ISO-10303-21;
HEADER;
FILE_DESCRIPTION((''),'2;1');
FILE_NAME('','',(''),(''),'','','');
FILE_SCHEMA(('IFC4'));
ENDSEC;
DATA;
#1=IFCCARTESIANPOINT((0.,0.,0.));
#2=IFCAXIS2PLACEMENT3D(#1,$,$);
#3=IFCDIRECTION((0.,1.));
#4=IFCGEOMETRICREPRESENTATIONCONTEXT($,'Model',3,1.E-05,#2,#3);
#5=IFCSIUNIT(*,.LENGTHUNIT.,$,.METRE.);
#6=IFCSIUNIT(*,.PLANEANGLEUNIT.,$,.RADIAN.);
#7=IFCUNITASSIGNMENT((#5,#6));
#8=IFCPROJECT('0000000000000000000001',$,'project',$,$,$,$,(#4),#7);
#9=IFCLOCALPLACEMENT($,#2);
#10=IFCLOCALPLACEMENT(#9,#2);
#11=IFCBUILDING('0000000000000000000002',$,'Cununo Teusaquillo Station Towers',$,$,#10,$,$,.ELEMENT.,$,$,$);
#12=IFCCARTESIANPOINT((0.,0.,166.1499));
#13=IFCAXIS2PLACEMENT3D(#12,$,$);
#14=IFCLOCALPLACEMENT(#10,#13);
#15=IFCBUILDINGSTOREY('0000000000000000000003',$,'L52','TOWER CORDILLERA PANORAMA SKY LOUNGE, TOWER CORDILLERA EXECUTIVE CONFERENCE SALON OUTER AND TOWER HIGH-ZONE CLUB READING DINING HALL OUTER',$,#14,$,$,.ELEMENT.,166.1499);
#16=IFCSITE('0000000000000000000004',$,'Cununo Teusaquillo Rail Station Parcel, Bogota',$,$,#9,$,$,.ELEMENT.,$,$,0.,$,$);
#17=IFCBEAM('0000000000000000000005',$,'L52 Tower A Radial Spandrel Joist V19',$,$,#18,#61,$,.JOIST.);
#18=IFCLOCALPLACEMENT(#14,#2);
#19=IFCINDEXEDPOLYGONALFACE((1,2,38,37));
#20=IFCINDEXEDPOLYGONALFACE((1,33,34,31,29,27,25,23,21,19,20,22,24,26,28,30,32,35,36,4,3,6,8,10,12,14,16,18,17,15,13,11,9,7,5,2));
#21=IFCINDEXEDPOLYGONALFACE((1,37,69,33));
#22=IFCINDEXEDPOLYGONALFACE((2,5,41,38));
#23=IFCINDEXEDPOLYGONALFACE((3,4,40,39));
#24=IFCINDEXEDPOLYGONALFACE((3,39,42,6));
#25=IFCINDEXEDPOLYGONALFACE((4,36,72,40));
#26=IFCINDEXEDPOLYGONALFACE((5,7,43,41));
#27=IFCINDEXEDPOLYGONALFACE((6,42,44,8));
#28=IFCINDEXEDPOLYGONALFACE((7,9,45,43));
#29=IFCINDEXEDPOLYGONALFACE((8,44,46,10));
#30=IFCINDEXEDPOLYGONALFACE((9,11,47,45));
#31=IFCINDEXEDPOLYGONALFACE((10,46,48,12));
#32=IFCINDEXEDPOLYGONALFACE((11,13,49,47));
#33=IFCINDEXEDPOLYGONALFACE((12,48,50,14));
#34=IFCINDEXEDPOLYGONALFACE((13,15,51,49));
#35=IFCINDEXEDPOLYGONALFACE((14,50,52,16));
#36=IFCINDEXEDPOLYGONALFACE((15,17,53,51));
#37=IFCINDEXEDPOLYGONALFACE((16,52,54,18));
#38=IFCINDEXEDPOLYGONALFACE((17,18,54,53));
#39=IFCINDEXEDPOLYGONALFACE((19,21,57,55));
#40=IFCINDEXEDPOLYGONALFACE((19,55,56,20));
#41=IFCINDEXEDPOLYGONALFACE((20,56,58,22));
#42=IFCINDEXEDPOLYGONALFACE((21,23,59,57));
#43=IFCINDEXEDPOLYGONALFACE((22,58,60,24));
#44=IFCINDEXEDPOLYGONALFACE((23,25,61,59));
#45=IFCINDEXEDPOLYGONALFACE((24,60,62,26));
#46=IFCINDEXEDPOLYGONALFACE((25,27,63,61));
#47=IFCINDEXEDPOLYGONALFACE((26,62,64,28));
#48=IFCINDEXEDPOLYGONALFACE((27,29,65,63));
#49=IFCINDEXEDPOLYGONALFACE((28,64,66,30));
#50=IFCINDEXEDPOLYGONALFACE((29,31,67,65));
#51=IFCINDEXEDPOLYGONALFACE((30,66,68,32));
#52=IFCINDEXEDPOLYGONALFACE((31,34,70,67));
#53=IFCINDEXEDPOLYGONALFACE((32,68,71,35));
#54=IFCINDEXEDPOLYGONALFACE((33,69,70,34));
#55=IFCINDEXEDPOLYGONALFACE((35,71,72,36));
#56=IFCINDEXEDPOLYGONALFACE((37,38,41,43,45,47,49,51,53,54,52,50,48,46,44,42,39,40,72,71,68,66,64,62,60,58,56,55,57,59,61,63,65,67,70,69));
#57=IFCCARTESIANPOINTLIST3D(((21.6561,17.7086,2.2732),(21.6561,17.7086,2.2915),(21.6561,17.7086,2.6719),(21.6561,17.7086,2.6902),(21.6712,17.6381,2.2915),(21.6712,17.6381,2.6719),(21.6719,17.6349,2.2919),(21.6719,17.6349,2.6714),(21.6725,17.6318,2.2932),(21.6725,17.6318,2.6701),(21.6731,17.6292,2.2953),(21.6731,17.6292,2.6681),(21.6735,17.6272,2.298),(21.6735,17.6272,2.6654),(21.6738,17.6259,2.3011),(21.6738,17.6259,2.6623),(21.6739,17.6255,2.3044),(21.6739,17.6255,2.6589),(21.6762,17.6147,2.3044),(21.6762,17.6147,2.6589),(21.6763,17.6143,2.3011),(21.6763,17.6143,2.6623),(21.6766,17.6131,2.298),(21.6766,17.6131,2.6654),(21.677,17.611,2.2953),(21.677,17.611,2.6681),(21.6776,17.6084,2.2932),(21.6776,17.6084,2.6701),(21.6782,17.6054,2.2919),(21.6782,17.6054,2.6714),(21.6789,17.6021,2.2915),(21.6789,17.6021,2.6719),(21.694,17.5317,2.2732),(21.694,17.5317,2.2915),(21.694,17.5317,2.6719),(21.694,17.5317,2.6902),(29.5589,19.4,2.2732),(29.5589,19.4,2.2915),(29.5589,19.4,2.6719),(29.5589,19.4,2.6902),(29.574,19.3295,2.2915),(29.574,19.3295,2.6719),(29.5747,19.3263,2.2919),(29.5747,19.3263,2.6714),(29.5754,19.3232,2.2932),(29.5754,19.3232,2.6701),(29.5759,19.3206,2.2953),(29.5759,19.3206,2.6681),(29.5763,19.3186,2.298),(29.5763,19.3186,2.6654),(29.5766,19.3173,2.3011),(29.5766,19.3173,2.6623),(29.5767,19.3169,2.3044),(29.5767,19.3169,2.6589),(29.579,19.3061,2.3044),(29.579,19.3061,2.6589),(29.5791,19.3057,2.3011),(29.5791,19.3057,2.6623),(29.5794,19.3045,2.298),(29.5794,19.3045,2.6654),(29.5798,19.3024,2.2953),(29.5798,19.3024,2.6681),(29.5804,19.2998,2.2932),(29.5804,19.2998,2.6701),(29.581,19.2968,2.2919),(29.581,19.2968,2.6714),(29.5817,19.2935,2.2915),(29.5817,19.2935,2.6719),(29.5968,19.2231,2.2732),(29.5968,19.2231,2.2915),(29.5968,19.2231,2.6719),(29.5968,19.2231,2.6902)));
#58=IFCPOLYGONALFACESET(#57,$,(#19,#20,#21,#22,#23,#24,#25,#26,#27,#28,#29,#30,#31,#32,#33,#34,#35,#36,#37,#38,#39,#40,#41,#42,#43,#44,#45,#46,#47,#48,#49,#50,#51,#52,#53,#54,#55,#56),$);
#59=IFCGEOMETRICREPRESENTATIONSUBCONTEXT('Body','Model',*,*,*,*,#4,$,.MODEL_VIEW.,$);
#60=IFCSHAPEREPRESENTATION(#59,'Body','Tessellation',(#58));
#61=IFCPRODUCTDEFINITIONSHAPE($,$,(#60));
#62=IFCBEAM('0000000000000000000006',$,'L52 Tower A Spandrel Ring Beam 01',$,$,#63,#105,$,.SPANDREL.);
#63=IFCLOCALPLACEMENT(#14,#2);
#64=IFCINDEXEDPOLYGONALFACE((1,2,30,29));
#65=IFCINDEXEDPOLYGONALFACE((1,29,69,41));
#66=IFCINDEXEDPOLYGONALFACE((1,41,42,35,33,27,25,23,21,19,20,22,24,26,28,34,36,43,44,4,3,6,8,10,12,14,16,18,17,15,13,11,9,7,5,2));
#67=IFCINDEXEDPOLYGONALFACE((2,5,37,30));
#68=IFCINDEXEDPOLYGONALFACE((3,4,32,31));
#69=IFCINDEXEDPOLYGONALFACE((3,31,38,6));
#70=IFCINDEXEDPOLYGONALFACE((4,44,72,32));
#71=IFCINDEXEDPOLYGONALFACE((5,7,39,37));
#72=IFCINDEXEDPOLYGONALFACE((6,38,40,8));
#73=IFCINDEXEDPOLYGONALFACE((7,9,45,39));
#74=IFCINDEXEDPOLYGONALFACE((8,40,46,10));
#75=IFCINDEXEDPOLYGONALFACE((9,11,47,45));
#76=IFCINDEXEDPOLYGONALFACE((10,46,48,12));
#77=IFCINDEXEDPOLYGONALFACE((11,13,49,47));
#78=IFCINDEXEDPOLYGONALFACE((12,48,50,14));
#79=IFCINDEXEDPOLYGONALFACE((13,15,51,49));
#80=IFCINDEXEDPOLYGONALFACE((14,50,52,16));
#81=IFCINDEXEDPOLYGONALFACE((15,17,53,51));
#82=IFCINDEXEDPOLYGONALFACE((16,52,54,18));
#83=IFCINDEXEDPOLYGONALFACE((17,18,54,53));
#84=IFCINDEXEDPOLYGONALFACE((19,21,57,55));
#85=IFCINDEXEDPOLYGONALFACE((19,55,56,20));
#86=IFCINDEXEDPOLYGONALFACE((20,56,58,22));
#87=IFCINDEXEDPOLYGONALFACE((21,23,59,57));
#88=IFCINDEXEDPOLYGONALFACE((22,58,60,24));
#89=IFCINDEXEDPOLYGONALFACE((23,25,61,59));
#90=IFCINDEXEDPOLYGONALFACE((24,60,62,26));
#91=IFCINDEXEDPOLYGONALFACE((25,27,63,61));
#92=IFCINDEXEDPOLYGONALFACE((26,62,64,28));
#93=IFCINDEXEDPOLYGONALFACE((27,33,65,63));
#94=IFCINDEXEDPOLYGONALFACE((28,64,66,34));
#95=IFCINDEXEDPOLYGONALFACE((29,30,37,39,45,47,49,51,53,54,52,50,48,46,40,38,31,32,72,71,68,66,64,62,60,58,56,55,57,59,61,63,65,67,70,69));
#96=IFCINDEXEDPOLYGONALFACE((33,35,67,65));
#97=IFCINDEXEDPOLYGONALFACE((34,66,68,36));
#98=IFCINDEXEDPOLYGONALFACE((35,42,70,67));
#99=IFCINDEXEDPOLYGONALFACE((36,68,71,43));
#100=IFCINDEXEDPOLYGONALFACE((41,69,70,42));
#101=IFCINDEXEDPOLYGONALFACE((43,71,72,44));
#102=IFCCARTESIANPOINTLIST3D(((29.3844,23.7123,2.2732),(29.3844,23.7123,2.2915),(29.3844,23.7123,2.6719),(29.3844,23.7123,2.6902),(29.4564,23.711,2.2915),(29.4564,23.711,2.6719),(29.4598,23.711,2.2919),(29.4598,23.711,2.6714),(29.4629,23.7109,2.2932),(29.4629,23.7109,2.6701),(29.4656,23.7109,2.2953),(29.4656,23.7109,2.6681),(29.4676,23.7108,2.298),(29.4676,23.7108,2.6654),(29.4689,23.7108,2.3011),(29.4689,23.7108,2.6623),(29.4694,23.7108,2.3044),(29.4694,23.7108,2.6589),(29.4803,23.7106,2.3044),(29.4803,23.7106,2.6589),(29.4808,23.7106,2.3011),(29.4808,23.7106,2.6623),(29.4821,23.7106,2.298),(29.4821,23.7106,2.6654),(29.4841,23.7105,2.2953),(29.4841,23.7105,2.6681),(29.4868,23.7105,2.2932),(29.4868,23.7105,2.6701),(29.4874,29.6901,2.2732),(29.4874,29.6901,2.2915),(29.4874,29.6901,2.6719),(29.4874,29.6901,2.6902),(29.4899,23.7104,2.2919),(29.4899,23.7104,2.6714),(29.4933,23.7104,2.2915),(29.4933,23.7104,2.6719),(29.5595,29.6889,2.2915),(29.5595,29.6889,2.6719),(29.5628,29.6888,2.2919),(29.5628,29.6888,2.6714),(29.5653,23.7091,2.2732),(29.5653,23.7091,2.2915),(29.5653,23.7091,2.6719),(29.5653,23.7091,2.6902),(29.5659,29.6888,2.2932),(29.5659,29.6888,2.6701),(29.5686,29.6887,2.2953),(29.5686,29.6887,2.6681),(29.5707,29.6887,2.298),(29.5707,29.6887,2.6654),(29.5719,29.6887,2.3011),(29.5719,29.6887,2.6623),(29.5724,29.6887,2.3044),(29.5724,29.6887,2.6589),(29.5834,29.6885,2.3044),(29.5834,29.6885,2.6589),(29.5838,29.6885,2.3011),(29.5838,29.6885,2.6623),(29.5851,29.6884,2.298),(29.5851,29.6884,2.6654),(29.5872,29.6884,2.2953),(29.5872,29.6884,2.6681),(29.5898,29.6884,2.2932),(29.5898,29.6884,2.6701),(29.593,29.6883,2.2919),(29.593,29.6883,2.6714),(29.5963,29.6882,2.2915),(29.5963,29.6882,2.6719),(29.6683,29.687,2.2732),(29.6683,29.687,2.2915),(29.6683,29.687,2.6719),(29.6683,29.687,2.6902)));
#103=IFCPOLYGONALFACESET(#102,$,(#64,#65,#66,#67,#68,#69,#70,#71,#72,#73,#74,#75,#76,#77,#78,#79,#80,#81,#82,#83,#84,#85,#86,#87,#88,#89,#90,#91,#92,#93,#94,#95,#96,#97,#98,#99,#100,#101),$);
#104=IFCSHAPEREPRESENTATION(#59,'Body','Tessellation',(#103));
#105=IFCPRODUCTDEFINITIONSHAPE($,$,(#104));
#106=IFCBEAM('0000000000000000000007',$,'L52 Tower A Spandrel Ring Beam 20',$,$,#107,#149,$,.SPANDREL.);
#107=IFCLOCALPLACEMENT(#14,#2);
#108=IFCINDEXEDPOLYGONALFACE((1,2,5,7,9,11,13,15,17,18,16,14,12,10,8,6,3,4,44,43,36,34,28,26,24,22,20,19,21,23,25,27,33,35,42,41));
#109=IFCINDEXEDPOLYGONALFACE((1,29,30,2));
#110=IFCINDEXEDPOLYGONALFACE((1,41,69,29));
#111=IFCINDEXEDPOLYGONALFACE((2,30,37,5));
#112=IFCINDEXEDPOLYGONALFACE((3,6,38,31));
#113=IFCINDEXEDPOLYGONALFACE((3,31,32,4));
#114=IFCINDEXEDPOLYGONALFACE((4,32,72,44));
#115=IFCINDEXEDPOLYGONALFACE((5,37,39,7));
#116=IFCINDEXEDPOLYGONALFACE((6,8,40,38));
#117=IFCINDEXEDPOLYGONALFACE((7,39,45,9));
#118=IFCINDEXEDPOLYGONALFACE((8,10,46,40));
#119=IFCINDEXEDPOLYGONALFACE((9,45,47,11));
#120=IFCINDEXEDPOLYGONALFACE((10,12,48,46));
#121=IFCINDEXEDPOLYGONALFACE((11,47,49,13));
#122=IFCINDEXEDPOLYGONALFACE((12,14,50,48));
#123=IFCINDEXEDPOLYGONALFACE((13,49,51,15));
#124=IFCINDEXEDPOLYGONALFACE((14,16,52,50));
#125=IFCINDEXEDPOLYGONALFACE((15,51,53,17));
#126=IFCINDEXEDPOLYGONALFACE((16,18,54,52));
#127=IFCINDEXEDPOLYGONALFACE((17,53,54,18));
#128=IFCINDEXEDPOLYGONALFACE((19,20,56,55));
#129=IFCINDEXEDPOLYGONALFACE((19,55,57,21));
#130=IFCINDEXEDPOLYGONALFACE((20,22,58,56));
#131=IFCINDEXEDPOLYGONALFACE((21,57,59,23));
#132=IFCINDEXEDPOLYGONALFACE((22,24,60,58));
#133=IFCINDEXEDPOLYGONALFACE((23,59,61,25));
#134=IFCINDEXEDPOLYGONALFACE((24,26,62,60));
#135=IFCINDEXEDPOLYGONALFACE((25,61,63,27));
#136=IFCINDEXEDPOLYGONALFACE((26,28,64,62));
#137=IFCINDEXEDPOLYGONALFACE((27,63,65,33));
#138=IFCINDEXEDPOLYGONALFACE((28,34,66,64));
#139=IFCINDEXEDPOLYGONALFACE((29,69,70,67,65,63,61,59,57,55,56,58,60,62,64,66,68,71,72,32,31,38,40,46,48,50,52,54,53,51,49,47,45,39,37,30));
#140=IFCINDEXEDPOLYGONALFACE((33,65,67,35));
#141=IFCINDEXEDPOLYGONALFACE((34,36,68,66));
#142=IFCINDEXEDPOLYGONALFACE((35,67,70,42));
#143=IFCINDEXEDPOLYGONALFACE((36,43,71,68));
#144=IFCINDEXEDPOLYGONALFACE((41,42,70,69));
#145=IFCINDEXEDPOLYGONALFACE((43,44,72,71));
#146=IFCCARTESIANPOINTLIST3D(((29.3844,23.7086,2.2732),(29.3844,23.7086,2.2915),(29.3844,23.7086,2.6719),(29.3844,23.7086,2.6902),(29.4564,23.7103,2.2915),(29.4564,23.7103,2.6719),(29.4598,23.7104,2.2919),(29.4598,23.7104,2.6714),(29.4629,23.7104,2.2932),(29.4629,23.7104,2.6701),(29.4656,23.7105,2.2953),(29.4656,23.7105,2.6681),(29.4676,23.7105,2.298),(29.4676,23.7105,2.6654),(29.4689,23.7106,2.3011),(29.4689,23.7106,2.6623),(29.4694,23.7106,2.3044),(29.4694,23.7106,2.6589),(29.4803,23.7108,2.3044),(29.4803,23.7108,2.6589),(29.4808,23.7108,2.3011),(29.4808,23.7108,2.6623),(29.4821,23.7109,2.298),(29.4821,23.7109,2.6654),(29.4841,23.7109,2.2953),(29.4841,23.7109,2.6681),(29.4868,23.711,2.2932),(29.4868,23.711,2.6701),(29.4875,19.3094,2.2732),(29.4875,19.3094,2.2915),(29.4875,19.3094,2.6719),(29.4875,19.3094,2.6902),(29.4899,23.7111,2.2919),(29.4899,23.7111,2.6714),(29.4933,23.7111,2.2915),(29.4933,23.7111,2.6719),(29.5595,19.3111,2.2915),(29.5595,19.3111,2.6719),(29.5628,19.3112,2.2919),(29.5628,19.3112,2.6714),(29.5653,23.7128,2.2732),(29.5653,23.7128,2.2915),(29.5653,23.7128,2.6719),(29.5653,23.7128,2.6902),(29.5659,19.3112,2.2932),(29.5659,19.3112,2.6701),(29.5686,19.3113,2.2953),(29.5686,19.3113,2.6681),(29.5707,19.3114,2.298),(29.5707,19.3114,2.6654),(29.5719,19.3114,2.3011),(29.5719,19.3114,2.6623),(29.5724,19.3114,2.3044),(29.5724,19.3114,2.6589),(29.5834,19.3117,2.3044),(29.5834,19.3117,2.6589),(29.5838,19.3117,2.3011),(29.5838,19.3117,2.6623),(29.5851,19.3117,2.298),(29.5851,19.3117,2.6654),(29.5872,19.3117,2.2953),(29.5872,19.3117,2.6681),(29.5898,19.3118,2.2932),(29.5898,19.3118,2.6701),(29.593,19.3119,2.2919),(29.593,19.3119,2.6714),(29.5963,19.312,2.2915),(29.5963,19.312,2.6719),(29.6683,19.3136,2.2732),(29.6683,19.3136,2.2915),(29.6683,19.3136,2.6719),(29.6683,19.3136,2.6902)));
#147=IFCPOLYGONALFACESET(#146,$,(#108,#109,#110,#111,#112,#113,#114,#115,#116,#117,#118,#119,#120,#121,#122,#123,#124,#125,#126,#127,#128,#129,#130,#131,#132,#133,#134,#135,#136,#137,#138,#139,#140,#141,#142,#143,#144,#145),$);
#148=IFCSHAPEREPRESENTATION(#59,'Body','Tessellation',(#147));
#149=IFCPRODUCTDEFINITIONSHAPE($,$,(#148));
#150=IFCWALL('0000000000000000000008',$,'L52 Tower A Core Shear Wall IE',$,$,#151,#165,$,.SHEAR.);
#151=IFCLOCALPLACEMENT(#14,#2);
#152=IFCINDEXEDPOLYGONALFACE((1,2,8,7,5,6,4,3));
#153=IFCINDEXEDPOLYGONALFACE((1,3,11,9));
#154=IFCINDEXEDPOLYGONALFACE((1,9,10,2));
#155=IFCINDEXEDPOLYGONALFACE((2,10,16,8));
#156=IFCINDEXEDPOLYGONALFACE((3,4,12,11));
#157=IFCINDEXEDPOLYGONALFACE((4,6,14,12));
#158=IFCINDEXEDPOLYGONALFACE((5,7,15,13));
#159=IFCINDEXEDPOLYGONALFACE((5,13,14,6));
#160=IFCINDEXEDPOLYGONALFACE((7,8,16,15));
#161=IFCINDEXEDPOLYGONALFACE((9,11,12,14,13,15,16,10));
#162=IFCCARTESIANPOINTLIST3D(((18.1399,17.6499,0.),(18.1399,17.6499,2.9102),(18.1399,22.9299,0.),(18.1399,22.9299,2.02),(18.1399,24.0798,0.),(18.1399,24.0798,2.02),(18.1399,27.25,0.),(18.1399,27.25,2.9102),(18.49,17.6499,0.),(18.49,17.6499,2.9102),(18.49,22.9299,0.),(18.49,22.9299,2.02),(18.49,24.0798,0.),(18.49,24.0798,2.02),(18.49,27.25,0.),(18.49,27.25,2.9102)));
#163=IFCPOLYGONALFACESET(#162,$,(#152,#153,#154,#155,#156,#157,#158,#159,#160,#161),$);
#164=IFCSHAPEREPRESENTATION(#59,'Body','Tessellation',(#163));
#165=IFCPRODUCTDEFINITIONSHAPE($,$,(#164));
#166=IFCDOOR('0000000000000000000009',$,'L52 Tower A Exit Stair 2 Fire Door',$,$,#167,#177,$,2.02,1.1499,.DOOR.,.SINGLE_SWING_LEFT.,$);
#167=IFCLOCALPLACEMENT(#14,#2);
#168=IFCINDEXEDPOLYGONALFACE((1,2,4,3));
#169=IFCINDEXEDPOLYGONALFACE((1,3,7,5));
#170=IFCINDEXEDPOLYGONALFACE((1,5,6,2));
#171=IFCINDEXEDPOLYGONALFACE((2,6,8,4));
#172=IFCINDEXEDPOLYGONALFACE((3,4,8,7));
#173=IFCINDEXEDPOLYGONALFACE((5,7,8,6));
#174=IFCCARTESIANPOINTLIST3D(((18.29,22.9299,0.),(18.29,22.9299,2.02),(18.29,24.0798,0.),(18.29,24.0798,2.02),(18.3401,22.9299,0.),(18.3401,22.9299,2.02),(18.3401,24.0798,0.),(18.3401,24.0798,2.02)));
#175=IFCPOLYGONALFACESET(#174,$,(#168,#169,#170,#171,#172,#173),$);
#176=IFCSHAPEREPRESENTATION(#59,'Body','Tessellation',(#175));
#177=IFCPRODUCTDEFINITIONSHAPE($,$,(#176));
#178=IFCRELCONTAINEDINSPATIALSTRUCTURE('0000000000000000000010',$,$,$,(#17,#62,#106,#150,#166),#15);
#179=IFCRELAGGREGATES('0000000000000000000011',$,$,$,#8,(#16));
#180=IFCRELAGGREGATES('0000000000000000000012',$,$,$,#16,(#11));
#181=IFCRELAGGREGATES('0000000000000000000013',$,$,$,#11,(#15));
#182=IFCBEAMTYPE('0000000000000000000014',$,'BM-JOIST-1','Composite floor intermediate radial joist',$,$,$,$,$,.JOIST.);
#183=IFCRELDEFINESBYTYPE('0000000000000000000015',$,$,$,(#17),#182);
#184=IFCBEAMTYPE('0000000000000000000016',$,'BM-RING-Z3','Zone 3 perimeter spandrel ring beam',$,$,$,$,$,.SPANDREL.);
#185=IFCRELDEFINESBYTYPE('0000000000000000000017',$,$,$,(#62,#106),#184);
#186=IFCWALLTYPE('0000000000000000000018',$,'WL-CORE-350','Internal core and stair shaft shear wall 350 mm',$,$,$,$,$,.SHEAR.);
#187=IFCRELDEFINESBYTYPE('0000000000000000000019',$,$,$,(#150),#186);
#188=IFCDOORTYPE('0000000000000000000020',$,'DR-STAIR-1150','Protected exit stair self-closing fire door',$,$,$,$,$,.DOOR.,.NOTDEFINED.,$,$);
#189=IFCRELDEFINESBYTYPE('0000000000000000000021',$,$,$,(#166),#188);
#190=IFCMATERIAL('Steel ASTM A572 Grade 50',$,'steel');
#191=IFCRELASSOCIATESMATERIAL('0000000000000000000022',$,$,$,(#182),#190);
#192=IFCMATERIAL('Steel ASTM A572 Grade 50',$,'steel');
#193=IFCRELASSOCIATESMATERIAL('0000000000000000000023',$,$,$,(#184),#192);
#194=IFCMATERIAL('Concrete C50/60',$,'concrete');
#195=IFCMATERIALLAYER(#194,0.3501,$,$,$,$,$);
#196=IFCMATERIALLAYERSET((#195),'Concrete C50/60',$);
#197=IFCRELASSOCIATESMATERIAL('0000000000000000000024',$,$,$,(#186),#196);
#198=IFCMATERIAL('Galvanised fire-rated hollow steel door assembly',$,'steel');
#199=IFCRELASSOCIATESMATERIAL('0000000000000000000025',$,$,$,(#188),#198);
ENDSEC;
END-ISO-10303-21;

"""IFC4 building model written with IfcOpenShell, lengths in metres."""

from ifc_helpers import new_model, si_unit, direction, frame, frame_2d, origin, origin_2d, place, context, subcontext, project, spatial, rectangle, i_section, extrude, source, transform, mapped, material, layer, layer_set, material_profile, profile_set, type_object, element, fill, save


model = new_model("IFC4")

# Units and contexts
model_context = context("Model", 3, precision=1e-05, world=origin(), true_north=direction((0.0, 1.0)))
body_context = subcontext(model_context, "Body", "Model", "MODEL_VIEW")
ifc_project = project(units=[si_unit("LENGTHUNIT", "METRE"), si_unit("PLANEANGLEUNIT", "RADIAN")], contexts=[model_context])

# Site, building, storey
site_placement = place(None, origin())
site = spatial("IfcSite", under=ifc_project, at=site_placement, Name="Cununo Teusaquillo Rail Station Parcel, Bogota", CompositionType="ELEMENT", RefElevation=0.0)
building_placement = place(site_placement, origin())
building = spatial("IfcBuilding", under=site, at=building_placement, Name="Cununo Teusaquillo Station Towers", CompositionType="ELEMENT")
storey_placement = place(building_placement, frame((0.0, 0.0, 166.1499)))
storey = spatial("IfcBuildingStorey", under=building, at=storey_placement, Name="L52", Description="TOWER CORDILLERA PANORAMA SKY LOUNGE, TOWER CORDILLERA EXECUTIVE CONFERENCE SALON OUTER AND TOWER HIGH-ZONE CLUB READING DINING HALL OUTER", CompositionType="ELEMENT", Elevation=166.1499)

# Beams
ifc_material_1 = material(Name="Steel ASTM A572 Grade 50", Category="steel")
ifc_material_profile_1 = material_profile(ifc_material_1, i_section(OverallWidth=0.1809, OverallDepth=0.417, WebThickness=0.011, FlangeThickness=0.0183, FilletRadius=0.0129, at=origin_2d()), Name="W16X57")
ifc_profile_set_1 = profile_set([ifc_material_profile_1], Name="Steel ASTM A572 Grade 50")
beam_type_1 = type_object("IfcBeamType", Name="BM-JOIST-1", Description="Composite floor intermediate radial joist", PredefinedType="JOIST", material=ifc_profile_set_1)
beam_1_placement = place(storey_placement, frame((21.675, 17.6201, 2.4817), z_axis=(0.977855, 0.209286, 0.0), x_axis=(-0.209286, 0.977855, 0.0)))
element("IfcBeam", 1, at=beam_1_placement, inside=storey, type_object=beam_type_1, Name="L52 Tower A Radial Spandrel Joist V19", PredefinedType="JOIST", context=body_context, shape_type="SweptSolid", body=[
    extrude(i_section(OverallWidth=0.1809, OverallDepth=0.417, WebThickness=0.011, FlangeThickness=0.0183, FilletRadius=0.0129, at=origin_2d()), origin(), (0.0, 0.0, 1.0), 8.0818),
])
ifc_material_2 = material(Name="Steel ASTM A572 Grade 50", Category="steel")
ifc_material_profile_2 = material_profile(ifc_material_2, i_section(OverallWidth=0.1809, OverallDepth=0.417, WebThickness=0.011, FlangeThickness=0.0183, FilletRadius=0.0129, at=origin_2d()), Name="W16X57")
ifc_profile_set_2 = profile_set([ifc_material_profile_2], Name="Steel ASTM A572 Grade 50")
beam_type_2 = type_object("IfcBeamType", Name="BM-RING-Z3", Description="Zone 3 perimeter spandrel ring beam", PredefinedType="SPANDREL", material=ifc_profile_set_2)
beam_2_placement = place(storey_placement, frame((29.4749, 23.7107, 2.4817), z_axis=(0.017232, 0.999852, 0.0), x_axis=(-0.999852, 0.017232, 0.0)))
element("IfcBeam", 2, at=beam_2_placement, inside=storey, type_object=beam_type_2, Name="L52 Tower A Spandrel Ring Beam 01", PredefinedType="SPANDREL", context=body_context, shape_type="SweptSolid", body=[
    extrude(i_section(OverallWidth=0.1809, OverallDepth=0.417, WebThickness=0.011, FlangeThickness=0.0183, FilletRadius=0.0129, at=origin_2d()), origin(), (0.0, 0.0, 1.0), 5.9788),
])
beam_3_placement = place(storey_placement, frame((29.5779, 19.3115, 2.4817), z_axis=(-0.023413, 0.999726, 0.0), x_axis=(-0.999726, -0.023413, 0.0)))
element("IfcBeam", 3, at=beam_3_placement, inside=storey, type_object=beam_type_2, Name="L52 Tower A Spandrel Ring Beam 20", PredefinedType="SPANDREL", context=body_context, shape_type="SweptSolid", body=[
    extrude(i_section(OverallWidth=0.1809, OverallDepth=0.417, WebThickness=0.011, FlangeThickness=0.0183, FilletRadius=0.0129, at=origin_2d()), origin(), (0.0, 0.0, 1.0), 4.4004),
])

# Wall, opening, door
ifc_material_3 = material(Name="Concrete C50/60", Category="concrete")
ifc_layer_1 = layer(ifc_material_3, 0.3501)
ifc_layer_set_1 = layer_set([ifc_layer_1], Name="Concrete C50/60")
wall_type_1 = type_object("IfcWallType", Name="WL-CORE-350", Description="Internal core and stair shaft shear wall 350 mm", PredefinedType="SHEAR", material=ifc_layer_set_1)
wall_1_placement = place(storey_placement, frame((18.3149, 17.6499, 0.0), z_axis=(0.0, 0.0, 1.0), x_axis=(0.0, 1.0, 0.0)))
wall_1 = element("IfcWall", 4, at=wall_1_placement, inside=storey, type_object=wall_type_1, Name="L52 Tower A Core Shear Wall IE", PredefinedType="SHEAR", context=body_context, shape_type="SweptSolid", body=[
    extrude(rectangle(XDim=9.6001, YDim=0.3501, at=frame_2d((4.8, 0.0))), origin(), (0.0, 0.0, 1.0), 2.9102),
])
shared_shape_1 = source(origin(), body_context, "Body", "SweptSolid", [
    extrude(rectangle(XDim=1.1499, YDim=2.02, at=frame_2d((0.575, 1.01))), frame((0.0, 0.1851, 0.0), z_axis=(0.0, -1.0, 0.0), x_axis=(1.0, 0.0, 0.0)), (0.0, 0.0, 1.0), 0.3701),
])
opening_1_placement = place(wall_1_placement, frame((5.28, 0.0, 0.0)))
opening_1 = element("IfcOpeningElement", 5, at=opening_1_placement, cuts=wall_1, PredefinedType="OPENING", context=body_context, shape_type="MappedRepresentation", body=[
    mapped(shared_shape_1, transform((0.0, 0.0, 0.0), x_axis=(1.0, 0.0, 0.0), y_axis=(0.0, 1.0, 0.0), z_axis=(0.0, 0.0, 1.0), scale=1.0)),
])
ifc_material_4 = material(Name="Galvanised fire-rated hollow steel door assembly", Category="steel")
door_type_1 = type_object("IfcDoorType", Name="DR-STAIR-1150", Description="Protected exit stair self-closing fire door", OperationType="NOTDEFINED", PredefinedType="DOOR", material=ifc_material_4)
shared_shape_2 = source(origin(), body_context, "Body", "SweptSolid", [
    extrude(rectangle(XDim=1.1499, YDim=2.02, at=frame_2d((0.575, 1.01))), frame((0.0, 0.0249, 0.0), z_axis=(0.0, -1.0, 0.0), x_axis=(1.0, 0.0, 0.0)), (0.0, 0.0, 1.0), 0.05),
])
door_1_placement = place(opening_1_placement, origin())
door_1 = element("IfcDoor", 6, at=door_1_placement, inside=storey, type_object=door_type_1, Name="L52 Tower A Exit Stair 2 Fire Door", OperationType="SINGLE_SWING_LEFT", OverallHeight=2.02, OverallWidth=1.1499, PredefinedType="DOOR", context=body_context, shape_type="MappedRepresentation", body=[
    mapped(shared_shape_2, transform((0.0, 0.0, 0.0), x_axis=(1.0, 0.0, 0.0), y_axis=(0.0, 1.0, 0.0), z_axis=(0.0, 0.0, 1.0), scale=1.0)),
])
fill(opening_1, door_1)

save(model, "model.ifc")
